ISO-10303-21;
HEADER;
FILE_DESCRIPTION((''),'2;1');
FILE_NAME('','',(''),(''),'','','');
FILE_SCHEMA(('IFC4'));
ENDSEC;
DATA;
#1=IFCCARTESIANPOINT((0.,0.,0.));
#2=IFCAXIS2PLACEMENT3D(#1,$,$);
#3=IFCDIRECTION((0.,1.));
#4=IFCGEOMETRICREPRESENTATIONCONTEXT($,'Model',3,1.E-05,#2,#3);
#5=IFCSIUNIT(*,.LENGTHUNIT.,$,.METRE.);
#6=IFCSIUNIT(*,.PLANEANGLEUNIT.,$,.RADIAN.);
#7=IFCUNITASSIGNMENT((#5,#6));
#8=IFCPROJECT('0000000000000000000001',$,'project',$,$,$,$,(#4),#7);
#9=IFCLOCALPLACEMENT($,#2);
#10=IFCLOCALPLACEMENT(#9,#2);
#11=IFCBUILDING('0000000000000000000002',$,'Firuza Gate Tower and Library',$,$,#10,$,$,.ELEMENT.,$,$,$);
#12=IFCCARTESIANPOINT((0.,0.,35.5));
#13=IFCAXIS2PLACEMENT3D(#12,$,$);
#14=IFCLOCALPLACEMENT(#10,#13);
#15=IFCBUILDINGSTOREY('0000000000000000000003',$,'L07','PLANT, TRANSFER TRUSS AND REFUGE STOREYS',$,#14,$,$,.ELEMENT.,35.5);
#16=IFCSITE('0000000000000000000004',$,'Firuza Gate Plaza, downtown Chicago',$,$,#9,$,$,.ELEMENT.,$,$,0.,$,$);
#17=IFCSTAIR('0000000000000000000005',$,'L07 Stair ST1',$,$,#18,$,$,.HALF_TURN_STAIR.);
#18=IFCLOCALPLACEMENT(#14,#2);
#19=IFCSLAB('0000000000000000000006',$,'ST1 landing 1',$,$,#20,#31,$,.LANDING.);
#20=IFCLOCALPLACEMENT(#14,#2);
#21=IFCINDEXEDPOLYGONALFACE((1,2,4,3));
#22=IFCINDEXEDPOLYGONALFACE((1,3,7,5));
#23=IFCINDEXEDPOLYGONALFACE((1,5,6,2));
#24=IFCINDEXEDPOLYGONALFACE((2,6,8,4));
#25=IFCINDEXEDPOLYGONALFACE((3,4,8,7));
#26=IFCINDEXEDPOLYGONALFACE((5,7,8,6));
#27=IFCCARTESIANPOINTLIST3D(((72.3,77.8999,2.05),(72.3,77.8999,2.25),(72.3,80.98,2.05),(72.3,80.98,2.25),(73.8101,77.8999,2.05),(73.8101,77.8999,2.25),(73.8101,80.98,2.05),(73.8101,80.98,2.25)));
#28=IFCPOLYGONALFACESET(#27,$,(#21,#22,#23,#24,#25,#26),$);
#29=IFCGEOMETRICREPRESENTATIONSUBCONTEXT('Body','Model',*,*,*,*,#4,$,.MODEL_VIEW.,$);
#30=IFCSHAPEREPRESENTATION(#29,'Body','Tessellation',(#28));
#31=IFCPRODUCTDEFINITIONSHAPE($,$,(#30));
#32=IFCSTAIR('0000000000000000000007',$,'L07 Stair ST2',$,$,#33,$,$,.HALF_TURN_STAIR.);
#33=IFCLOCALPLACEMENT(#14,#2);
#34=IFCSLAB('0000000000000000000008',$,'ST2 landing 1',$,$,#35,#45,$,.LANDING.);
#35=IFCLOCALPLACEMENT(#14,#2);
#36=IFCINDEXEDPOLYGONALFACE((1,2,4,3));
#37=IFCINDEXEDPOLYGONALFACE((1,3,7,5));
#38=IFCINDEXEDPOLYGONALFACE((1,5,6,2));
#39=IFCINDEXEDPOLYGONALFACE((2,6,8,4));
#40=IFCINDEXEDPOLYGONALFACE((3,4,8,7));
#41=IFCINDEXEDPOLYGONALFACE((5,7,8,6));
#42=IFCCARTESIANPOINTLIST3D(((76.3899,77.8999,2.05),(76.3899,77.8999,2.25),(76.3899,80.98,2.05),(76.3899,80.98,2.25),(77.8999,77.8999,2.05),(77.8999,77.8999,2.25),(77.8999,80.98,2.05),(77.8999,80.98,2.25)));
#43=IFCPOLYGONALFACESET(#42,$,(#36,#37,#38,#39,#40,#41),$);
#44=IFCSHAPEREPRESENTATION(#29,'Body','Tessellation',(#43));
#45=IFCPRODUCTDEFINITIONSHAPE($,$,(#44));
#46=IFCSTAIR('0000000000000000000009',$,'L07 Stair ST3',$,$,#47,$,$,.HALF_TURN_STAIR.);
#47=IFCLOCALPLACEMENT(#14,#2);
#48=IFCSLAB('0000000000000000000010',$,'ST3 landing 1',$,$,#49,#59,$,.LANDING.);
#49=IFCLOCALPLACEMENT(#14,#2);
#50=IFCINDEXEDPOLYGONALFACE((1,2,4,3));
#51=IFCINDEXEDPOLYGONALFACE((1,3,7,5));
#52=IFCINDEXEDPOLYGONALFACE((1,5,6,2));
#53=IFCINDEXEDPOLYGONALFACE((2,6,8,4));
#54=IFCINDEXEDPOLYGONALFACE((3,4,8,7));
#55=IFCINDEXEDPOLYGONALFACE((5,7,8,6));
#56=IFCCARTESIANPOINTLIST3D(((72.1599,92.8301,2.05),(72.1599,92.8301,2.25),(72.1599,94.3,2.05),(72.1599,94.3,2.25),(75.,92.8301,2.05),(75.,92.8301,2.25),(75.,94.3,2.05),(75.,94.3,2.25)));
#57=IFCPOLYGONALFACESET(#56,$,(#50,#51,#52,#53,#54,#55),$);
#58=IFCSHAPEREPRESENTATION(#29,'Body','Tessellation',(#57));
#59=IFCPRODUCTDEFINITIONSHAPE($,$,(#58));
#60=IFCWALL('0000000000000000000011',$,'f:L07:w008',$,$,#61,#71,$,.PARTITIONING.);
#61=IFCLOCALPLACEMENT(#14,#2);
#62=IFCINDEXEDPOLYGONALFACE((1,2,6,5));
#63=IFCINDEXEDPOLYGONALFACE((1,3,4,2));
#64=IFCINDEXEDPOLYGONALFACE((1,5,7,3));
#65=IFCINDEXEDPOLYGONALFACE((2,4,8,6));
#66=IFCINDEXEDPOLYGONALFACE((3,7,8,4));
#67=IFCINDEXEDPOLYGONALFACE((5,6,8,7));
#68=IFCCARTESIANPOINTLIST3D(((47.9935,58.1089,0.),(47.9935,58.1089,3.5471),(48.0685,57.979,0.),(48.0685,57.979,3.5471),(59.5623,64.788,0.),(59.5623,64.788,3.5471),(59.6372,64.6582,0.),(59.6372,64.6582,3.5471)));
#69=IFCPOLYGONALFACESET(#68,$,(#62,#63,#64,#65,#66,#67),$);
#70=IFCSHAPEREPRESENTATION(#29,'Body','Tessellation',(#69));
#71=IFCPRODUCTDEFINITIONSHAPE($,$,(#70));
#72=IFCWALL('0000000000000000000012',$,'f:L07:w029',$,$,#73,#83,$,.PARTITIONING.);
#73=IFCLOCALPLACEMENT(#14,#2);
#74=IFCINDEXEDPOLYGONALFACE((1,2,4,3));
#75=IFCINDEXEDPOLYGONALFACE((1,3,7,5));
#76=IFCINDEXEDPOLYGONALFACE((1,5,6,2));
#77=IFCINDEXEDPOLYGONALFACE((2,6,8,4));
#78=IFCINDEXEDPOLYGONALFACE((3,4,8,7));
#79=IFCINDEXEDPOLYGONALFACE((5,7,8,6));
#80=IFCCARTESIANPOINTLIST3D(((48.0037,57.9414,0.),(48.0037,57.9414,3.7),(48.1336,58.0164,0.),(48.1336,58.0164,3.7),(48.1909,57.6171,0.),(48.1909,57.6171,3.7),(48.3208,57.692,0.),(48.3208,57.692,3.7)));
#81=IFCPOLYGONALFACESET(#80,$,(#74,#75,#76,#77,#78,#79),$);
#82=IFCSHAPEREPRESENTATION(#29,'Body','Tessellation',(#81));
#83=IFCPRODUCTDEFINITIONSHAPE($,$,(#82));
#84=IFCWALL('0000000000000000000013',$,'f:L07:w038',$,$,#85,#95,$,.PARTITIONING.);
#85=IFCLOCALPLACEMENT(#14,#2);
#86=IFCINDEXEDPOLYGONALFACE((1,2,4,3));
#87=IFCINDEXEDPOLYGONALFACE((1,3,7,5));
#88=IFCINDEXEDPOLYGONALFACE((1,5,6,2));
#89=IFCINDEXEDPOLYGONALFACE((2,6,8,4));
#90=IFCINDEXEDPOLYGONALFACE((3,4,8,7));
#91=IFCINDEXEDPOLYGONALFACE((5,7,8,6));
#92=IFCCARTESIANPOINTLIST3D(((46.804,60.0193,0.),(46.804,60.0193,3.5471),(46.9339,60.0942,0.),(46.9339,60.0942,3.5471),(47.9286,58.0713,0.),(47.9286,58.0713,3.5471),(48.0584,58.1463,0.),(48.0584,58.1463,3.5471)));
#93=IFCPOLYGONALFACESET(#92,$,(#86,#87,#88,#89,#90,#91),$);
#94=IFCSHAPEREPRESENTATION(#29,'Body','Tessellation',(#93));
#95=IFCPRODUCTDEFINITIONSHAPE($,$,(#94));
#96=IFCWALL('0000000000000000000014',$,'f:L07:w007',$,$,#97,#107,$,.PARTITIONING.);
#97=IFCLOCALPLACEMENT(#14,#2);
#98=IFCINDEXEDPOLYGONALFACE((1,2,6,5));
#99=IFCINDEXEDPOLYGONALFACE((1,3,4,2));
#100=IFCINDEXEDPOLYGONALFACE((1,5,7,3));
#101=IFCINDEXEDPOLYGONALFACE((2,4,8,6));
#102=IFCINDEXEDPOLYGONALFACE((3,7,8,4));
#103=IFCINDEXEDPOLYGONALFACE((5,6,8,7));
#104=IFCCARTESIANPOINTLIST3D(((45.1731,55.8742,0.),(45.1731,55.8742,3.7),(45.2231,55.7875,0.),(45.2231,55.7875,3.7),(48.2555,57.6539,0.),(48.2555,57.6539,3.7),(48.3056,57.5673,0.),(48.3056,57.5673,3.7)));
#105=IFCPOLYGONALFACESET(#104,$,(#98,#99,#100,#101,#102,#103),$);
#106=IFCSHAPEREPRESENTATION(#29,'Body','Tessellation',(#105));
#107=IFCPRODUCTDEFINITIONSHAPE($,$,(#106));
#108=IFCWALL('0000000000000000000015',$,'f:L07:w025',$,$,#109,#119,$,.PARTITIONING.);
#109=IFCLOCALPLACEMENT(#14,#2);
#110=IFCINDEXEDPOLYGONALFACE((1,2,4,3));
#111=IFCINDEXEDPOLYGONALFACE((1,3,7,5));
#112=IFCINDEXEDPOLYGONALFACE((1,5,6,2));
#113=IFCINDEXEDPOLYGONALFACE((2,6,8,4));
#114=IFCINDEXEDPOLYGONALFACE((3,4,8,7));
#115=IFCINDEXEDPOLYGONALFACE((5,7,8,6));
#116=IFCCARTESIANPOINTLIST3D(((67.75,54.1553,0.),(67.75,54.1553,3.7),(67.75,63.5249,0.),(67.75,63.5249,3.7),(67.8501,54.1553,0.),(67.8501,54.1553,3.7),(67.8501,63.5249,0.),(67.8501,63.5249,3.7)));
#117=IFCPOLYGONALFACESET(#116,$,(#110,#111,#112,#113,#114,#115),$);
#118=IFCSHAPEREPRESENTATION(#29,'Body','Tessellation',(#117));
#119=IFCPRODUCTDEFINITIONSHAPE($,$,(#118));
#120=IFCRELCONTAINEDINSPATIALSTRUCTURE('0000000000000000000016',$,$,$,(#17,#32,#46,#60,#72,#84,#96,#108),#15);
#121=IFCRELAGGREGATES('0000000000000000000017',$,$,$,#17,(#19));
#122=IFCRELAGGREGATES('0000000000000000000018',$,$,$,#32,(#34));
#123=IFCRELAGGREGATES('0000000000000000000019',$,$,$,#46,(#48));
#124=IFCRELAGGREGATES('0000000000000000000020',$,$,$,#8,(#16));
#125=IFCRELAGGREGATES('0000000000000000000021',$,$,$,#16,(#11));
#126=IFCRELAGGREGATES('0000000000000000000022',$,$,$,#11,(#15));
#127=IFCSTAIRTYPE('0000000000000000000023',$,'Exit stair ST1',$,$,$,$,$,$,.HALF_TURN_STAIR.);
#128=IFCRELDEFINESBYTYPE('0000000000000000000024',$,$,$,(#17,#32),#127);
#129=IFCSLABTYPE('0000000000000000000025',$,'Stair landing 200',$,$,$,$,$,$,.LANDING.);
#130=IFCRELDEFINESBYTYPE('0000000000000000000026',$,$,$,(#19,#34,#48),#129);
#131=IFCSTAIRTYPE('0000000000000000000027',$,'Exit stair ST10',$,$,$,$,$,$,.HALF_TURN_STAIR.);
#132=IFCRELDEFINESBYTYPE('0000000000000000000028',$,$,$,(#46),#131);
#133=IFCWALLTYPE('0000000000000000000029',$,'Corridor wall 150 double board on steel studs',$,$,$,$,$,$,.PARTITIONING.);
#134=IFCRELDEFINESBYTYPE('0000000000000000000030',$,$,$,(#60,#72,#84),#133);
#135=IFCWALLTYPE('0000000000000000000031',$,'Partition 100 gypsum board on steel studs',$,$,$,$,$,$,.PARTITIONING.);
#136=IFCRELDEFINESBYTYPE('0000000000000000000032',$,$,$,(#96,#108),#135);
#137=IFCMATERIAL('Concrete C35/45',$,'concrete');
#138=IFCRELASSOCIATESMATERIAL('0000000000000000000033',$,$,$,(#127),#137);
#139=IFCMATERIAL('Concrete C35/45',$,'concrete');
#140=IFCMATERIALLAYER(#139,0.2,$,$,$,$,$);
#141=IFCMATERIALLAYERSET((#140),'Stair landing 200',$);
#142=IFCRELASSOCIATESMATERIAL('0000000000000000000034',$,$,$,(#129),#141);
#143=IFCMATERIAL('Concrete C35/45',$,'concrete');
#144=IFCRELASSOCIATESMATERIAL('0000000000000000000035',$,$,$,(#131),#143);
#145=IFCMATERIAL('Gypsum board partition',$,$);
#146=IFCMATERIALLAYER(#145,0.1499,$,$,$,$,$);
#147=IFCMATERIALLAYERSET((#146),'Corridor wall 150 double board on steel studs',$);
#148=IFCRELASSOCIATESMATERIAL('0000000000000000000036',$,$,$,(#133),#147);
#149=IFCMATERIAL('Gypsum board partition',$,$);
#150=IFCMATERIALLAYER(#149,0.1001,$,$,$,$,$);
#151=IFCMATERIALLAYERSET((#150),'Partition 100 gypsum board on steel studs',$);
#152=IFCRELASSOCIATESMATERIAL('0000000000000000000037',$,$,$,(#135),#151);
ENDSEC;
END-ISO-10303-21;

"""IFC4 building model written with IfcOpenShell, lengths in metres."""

from ifc_helpers import new_model, si_unit, direction, frame, frame_2d, origin, place, context, subcontext, project, spatial, polyline, rectangle, outline, extrude, material, layer, layer_set, type_object, element, aggregate, save


model = new_model("IFC4")

# Units and contexts
model_context = context("Model", 3, precision=1e-05, world=origin(), true_north=direction((0.0, 1.0)))
body_context = subcontext(model_context, "Body", "Model", "MODEL_VIEW")
ifc_project = project(units=[si_unit("LENGTHUNIT", "METRE"), si_unit("PLANEANGLEUNIT", "RADIAN")], contexts=[model_context])

# Site, building, storey
site_placement = place(None, origin())
site = spatial("IfcSite", under=ifc_project, at=site_placement, Name="Firuza Gate Plaza, downtown Chicago", CompositionType="ELEMENT", RefElevation=0.0)
building_placement = place(site_placement, origin())
building = spatial("IfcBuilding", under=site, at=building_placement, Name="Firuza Gate Tower and Library", CompositionType="ELEMENT")
storey_placement = place(building_placement, frame((0.0, 0.0, 35.5)))
storey = spatial("IfcBuildingStorey", under=building, at=storey_placement, Name="L07", Description="PLANT, TRANSFER TRUSS AND REFUGE STOREYS", CompositionType="ELEMENT", Elevation=35.5)

# Stairs, slabs
ifc_material_1 = material(Name="Concrete C35/45", Category="concrete")
stair_type_1 = type_object("IfcStairType", Name="Exit stair ST1", PredefinedType="HALF_TURN_STAIR", material=ifc_material_1)
placement_1 = place(storey_placement, origin())
stair_1 = element("IfcStair", 1, at=placement_1, inside=storey, type_object=stair_type_1, Name="L07 Stair ST1", PredefinedType="HALF_TURN_STAIR")
ifc_material_2 = material(Name="Concrete C35/45", Category="concrete")
ifc_layer_1 = layer(ifc_material_2, 0.2)
ifc_layer_set_1 = layer_set([ifc_layer_1], Name="Stair landing 200")
slab_type_1 = type_object("IfcSlabType", Name="Stair landing 200", PredefinedType="LANDING", material=ifc_layer_set_1)
placement_2 = place(storey_placement, frame((0.0, 0.0, 2.05)))
slab_1 = element("IfcSlab", 2, at=placement_2, type_object=slab_type_1, Name="ST1 landing 1", PredefinedType="LANDING", context=body_context, shape_type="SweptSolid", body=[
    extrude(outline(polyline([(72.3, 77.8999), (73.8101, 77.8999), (73.8101, 80.98), (72.3, 80.98), (72.3, 77.8999)])), origin(), (0.0, 0.0, 1.0), 0.2),
])
aggregate(stair_1, [slab_1])
stair_2 = element("IfcStair", 3, at=placement_1, inside=storey, type_object=stair_type_1, Name="L07 Stair ST2", PredefinedType="HALF_TURN_STAIR")
slab_2 = element("IfcSlab", 4, at=placement_2, type_object=slab_type_1, Name="ST2 landing 1", PredefinedType="LANDING", context=body_context, shape_type="SweptSolid", body=[
    extrude(outline(polyline([(77.8999, 80.98), (76.3899, 80.98), (76.3899, 77.8999), (77.8999, 77.8999), (77.8999, 80.98)])), origin(), (0.0, 0.0, 1.0), 0.2),
])
aggregate(stair_2, [slab_2])
ifc_material_3 = material(Name="Concrete C35/45", Category="concrete")
stair_type_2 = type_object("IfcStairType", Name="Exit stair ST10", PredefinedType="HALF_TURN_STAIR", material=ifc_material_3)
stair_3 = element("IfcStair", 5, at=placement_1, inside=storey, type_object=stair_type_2, Name="L07 Stair ST3", PredefinedType="HALF_TURN_STAIR")
slab_3 = element("IfcSlab", 6, at=placement_2, type_object=slab_type_1, Name="ST3 landing 1", PredefinedType="LANDING", context=body_context, shape_type="SweptSolid", body=[
    extrude(outline(polyline([(75.0, 92.8301), (75.0, 94.3), (72.1599, 94.3), (72.1599, 92.8301), (75.0, 92.8301)])), origin(), (0.0, 0.0, 1.0), 0.2),
])
aggregate(stair_3, [slab_3])

# Walls
ifc_material_4 = material(Name="Gypsum board partition")
ifc_layer_2 = layer(ifc_material_4, 0.1499)
ifc_layer_set_2 = layer_set([ifc_layer_2], Name="Corridor wall 150 double board on steel studs")
wall_type_1 = type_object("IfcWallType", Name="Corridor wall 150 double board on steel studs", PredefinedType="PARTITIONING", material=ifc_layer_set_2)
wall_1_placement = place(storey_placement, frame((48.031, 58.0439, 0.0), z_axis=(0.0, 0.0, 1.0), x_axis=(0.866028, 0.499996, 0.0)))
element("IfcWall", 7, at=wall_1_placement, inside=storey, type_object=wall_type_1, Name="f:L07:w008", PredefinedType="PARTITIONING", context=body_context, shape_type="SweptSolid", body=[
    extrude(rectangle(XDim=13.3584, YDim=0.1499, at=frame_2d((6.6792, 0.0))), origin(), (0.0, 0.0, 1.0), 3.5471),
])
wall_2_placement = place(storey_placement, frame((48.2559, 57.6545, 0.0), z_axis=(0.0, 0.0, 1.0), x_axis=(-0.499854, 0.86611, 0.0)))
element("IfcWall", 8, at=wall_2_placement, inside=storey, type_object=wall_type_1, Name="f:L07:w029", PredefinedType="PARTITIONING", context=body_context, shape_type="SweptSolid", body=[
    extrude(rectangle(XDim=0.3745, YDim=0.1499, at=frame_2d((0.1873, 0.0))), origin(), (0.0, 0.0, 1.0), 3.7),
])
wall_3_placement = place(storey_placement, frame((47.9934, 58.1089, 0.0), z_axis=(0.0, 0.0, 1.0), x_axis=(-0.499945, 0.866057, 0.0)))
element("IfcWall", 9, at=wall_3_placement, inside=storey, type_object=wall_type_1, Name="f:L07:w038", PredefinedType="PARTITIONING", context=body_context, shape_type="SweptSolid", body=[
    extrude(rectangle(XDim=2.2493, YDim=0.1499, at=frame_2d((1.1245, 0.0))), origin(), (0.0, 0.0, 1.0), 3.5471),
])
ifc_material_5 = material(Name="Gypsum board partition")
ifc_layer_3 = layer(ifc_material_5, 0.1001)
ifc_layer_set_3 = layer_set([ifc_layer_3], Name="Partition 100 gypsum board on steel studs")
wall_type_2 = type_object("IfcWallType", Name="Partition 100 gypsum board on steel studs", PredefinedType="PARTITIONING", material=ifc_layer_set_3)
wall_4_placement = place(storey_placement, frame((45.198, 55.8308, 0.0), z_axis=(0.0, 0.0, 1.0), x_axis=(0.866014, 0.500019, 0.0)))
element("IfcWall", 10, at=wall_4_placement, inside=storey, type_object=wall_type_2, Name="f:L07:w007", PredefinedType="PARTITIONING", context=body_context, shape_type="SweptSolid", body=[
    extrude(rectangle(XDim=3.5593, YDim=0.1001, at=frame_2d((1.7798, 0.0))), origin(), (0.0, 0.0, 1.0), 3.7),
])
wall_5_placement = place(storey_placement, frame((67.8, 54.1553, 0.0), z_axis=(0.0, 0.0, 1.0), x_axis=(0.0, 1.0, 0.0)))
element("IfcWall", 11, at=wall_5_placement, inside=storey, type_object=wall_type_2, Name="f:L07:w025", PredefinedType="PARTITIONING", context=body_context, shape_type="SweptSolid", body=[
    extrude(rectangle(XDim=9.3696, YDim=0.1001, at=frame_2d((4.6848, 0.0))), origin(), (0.0, 0.0, 1.0), 3.7),
])

save(model, "model.ifc")
